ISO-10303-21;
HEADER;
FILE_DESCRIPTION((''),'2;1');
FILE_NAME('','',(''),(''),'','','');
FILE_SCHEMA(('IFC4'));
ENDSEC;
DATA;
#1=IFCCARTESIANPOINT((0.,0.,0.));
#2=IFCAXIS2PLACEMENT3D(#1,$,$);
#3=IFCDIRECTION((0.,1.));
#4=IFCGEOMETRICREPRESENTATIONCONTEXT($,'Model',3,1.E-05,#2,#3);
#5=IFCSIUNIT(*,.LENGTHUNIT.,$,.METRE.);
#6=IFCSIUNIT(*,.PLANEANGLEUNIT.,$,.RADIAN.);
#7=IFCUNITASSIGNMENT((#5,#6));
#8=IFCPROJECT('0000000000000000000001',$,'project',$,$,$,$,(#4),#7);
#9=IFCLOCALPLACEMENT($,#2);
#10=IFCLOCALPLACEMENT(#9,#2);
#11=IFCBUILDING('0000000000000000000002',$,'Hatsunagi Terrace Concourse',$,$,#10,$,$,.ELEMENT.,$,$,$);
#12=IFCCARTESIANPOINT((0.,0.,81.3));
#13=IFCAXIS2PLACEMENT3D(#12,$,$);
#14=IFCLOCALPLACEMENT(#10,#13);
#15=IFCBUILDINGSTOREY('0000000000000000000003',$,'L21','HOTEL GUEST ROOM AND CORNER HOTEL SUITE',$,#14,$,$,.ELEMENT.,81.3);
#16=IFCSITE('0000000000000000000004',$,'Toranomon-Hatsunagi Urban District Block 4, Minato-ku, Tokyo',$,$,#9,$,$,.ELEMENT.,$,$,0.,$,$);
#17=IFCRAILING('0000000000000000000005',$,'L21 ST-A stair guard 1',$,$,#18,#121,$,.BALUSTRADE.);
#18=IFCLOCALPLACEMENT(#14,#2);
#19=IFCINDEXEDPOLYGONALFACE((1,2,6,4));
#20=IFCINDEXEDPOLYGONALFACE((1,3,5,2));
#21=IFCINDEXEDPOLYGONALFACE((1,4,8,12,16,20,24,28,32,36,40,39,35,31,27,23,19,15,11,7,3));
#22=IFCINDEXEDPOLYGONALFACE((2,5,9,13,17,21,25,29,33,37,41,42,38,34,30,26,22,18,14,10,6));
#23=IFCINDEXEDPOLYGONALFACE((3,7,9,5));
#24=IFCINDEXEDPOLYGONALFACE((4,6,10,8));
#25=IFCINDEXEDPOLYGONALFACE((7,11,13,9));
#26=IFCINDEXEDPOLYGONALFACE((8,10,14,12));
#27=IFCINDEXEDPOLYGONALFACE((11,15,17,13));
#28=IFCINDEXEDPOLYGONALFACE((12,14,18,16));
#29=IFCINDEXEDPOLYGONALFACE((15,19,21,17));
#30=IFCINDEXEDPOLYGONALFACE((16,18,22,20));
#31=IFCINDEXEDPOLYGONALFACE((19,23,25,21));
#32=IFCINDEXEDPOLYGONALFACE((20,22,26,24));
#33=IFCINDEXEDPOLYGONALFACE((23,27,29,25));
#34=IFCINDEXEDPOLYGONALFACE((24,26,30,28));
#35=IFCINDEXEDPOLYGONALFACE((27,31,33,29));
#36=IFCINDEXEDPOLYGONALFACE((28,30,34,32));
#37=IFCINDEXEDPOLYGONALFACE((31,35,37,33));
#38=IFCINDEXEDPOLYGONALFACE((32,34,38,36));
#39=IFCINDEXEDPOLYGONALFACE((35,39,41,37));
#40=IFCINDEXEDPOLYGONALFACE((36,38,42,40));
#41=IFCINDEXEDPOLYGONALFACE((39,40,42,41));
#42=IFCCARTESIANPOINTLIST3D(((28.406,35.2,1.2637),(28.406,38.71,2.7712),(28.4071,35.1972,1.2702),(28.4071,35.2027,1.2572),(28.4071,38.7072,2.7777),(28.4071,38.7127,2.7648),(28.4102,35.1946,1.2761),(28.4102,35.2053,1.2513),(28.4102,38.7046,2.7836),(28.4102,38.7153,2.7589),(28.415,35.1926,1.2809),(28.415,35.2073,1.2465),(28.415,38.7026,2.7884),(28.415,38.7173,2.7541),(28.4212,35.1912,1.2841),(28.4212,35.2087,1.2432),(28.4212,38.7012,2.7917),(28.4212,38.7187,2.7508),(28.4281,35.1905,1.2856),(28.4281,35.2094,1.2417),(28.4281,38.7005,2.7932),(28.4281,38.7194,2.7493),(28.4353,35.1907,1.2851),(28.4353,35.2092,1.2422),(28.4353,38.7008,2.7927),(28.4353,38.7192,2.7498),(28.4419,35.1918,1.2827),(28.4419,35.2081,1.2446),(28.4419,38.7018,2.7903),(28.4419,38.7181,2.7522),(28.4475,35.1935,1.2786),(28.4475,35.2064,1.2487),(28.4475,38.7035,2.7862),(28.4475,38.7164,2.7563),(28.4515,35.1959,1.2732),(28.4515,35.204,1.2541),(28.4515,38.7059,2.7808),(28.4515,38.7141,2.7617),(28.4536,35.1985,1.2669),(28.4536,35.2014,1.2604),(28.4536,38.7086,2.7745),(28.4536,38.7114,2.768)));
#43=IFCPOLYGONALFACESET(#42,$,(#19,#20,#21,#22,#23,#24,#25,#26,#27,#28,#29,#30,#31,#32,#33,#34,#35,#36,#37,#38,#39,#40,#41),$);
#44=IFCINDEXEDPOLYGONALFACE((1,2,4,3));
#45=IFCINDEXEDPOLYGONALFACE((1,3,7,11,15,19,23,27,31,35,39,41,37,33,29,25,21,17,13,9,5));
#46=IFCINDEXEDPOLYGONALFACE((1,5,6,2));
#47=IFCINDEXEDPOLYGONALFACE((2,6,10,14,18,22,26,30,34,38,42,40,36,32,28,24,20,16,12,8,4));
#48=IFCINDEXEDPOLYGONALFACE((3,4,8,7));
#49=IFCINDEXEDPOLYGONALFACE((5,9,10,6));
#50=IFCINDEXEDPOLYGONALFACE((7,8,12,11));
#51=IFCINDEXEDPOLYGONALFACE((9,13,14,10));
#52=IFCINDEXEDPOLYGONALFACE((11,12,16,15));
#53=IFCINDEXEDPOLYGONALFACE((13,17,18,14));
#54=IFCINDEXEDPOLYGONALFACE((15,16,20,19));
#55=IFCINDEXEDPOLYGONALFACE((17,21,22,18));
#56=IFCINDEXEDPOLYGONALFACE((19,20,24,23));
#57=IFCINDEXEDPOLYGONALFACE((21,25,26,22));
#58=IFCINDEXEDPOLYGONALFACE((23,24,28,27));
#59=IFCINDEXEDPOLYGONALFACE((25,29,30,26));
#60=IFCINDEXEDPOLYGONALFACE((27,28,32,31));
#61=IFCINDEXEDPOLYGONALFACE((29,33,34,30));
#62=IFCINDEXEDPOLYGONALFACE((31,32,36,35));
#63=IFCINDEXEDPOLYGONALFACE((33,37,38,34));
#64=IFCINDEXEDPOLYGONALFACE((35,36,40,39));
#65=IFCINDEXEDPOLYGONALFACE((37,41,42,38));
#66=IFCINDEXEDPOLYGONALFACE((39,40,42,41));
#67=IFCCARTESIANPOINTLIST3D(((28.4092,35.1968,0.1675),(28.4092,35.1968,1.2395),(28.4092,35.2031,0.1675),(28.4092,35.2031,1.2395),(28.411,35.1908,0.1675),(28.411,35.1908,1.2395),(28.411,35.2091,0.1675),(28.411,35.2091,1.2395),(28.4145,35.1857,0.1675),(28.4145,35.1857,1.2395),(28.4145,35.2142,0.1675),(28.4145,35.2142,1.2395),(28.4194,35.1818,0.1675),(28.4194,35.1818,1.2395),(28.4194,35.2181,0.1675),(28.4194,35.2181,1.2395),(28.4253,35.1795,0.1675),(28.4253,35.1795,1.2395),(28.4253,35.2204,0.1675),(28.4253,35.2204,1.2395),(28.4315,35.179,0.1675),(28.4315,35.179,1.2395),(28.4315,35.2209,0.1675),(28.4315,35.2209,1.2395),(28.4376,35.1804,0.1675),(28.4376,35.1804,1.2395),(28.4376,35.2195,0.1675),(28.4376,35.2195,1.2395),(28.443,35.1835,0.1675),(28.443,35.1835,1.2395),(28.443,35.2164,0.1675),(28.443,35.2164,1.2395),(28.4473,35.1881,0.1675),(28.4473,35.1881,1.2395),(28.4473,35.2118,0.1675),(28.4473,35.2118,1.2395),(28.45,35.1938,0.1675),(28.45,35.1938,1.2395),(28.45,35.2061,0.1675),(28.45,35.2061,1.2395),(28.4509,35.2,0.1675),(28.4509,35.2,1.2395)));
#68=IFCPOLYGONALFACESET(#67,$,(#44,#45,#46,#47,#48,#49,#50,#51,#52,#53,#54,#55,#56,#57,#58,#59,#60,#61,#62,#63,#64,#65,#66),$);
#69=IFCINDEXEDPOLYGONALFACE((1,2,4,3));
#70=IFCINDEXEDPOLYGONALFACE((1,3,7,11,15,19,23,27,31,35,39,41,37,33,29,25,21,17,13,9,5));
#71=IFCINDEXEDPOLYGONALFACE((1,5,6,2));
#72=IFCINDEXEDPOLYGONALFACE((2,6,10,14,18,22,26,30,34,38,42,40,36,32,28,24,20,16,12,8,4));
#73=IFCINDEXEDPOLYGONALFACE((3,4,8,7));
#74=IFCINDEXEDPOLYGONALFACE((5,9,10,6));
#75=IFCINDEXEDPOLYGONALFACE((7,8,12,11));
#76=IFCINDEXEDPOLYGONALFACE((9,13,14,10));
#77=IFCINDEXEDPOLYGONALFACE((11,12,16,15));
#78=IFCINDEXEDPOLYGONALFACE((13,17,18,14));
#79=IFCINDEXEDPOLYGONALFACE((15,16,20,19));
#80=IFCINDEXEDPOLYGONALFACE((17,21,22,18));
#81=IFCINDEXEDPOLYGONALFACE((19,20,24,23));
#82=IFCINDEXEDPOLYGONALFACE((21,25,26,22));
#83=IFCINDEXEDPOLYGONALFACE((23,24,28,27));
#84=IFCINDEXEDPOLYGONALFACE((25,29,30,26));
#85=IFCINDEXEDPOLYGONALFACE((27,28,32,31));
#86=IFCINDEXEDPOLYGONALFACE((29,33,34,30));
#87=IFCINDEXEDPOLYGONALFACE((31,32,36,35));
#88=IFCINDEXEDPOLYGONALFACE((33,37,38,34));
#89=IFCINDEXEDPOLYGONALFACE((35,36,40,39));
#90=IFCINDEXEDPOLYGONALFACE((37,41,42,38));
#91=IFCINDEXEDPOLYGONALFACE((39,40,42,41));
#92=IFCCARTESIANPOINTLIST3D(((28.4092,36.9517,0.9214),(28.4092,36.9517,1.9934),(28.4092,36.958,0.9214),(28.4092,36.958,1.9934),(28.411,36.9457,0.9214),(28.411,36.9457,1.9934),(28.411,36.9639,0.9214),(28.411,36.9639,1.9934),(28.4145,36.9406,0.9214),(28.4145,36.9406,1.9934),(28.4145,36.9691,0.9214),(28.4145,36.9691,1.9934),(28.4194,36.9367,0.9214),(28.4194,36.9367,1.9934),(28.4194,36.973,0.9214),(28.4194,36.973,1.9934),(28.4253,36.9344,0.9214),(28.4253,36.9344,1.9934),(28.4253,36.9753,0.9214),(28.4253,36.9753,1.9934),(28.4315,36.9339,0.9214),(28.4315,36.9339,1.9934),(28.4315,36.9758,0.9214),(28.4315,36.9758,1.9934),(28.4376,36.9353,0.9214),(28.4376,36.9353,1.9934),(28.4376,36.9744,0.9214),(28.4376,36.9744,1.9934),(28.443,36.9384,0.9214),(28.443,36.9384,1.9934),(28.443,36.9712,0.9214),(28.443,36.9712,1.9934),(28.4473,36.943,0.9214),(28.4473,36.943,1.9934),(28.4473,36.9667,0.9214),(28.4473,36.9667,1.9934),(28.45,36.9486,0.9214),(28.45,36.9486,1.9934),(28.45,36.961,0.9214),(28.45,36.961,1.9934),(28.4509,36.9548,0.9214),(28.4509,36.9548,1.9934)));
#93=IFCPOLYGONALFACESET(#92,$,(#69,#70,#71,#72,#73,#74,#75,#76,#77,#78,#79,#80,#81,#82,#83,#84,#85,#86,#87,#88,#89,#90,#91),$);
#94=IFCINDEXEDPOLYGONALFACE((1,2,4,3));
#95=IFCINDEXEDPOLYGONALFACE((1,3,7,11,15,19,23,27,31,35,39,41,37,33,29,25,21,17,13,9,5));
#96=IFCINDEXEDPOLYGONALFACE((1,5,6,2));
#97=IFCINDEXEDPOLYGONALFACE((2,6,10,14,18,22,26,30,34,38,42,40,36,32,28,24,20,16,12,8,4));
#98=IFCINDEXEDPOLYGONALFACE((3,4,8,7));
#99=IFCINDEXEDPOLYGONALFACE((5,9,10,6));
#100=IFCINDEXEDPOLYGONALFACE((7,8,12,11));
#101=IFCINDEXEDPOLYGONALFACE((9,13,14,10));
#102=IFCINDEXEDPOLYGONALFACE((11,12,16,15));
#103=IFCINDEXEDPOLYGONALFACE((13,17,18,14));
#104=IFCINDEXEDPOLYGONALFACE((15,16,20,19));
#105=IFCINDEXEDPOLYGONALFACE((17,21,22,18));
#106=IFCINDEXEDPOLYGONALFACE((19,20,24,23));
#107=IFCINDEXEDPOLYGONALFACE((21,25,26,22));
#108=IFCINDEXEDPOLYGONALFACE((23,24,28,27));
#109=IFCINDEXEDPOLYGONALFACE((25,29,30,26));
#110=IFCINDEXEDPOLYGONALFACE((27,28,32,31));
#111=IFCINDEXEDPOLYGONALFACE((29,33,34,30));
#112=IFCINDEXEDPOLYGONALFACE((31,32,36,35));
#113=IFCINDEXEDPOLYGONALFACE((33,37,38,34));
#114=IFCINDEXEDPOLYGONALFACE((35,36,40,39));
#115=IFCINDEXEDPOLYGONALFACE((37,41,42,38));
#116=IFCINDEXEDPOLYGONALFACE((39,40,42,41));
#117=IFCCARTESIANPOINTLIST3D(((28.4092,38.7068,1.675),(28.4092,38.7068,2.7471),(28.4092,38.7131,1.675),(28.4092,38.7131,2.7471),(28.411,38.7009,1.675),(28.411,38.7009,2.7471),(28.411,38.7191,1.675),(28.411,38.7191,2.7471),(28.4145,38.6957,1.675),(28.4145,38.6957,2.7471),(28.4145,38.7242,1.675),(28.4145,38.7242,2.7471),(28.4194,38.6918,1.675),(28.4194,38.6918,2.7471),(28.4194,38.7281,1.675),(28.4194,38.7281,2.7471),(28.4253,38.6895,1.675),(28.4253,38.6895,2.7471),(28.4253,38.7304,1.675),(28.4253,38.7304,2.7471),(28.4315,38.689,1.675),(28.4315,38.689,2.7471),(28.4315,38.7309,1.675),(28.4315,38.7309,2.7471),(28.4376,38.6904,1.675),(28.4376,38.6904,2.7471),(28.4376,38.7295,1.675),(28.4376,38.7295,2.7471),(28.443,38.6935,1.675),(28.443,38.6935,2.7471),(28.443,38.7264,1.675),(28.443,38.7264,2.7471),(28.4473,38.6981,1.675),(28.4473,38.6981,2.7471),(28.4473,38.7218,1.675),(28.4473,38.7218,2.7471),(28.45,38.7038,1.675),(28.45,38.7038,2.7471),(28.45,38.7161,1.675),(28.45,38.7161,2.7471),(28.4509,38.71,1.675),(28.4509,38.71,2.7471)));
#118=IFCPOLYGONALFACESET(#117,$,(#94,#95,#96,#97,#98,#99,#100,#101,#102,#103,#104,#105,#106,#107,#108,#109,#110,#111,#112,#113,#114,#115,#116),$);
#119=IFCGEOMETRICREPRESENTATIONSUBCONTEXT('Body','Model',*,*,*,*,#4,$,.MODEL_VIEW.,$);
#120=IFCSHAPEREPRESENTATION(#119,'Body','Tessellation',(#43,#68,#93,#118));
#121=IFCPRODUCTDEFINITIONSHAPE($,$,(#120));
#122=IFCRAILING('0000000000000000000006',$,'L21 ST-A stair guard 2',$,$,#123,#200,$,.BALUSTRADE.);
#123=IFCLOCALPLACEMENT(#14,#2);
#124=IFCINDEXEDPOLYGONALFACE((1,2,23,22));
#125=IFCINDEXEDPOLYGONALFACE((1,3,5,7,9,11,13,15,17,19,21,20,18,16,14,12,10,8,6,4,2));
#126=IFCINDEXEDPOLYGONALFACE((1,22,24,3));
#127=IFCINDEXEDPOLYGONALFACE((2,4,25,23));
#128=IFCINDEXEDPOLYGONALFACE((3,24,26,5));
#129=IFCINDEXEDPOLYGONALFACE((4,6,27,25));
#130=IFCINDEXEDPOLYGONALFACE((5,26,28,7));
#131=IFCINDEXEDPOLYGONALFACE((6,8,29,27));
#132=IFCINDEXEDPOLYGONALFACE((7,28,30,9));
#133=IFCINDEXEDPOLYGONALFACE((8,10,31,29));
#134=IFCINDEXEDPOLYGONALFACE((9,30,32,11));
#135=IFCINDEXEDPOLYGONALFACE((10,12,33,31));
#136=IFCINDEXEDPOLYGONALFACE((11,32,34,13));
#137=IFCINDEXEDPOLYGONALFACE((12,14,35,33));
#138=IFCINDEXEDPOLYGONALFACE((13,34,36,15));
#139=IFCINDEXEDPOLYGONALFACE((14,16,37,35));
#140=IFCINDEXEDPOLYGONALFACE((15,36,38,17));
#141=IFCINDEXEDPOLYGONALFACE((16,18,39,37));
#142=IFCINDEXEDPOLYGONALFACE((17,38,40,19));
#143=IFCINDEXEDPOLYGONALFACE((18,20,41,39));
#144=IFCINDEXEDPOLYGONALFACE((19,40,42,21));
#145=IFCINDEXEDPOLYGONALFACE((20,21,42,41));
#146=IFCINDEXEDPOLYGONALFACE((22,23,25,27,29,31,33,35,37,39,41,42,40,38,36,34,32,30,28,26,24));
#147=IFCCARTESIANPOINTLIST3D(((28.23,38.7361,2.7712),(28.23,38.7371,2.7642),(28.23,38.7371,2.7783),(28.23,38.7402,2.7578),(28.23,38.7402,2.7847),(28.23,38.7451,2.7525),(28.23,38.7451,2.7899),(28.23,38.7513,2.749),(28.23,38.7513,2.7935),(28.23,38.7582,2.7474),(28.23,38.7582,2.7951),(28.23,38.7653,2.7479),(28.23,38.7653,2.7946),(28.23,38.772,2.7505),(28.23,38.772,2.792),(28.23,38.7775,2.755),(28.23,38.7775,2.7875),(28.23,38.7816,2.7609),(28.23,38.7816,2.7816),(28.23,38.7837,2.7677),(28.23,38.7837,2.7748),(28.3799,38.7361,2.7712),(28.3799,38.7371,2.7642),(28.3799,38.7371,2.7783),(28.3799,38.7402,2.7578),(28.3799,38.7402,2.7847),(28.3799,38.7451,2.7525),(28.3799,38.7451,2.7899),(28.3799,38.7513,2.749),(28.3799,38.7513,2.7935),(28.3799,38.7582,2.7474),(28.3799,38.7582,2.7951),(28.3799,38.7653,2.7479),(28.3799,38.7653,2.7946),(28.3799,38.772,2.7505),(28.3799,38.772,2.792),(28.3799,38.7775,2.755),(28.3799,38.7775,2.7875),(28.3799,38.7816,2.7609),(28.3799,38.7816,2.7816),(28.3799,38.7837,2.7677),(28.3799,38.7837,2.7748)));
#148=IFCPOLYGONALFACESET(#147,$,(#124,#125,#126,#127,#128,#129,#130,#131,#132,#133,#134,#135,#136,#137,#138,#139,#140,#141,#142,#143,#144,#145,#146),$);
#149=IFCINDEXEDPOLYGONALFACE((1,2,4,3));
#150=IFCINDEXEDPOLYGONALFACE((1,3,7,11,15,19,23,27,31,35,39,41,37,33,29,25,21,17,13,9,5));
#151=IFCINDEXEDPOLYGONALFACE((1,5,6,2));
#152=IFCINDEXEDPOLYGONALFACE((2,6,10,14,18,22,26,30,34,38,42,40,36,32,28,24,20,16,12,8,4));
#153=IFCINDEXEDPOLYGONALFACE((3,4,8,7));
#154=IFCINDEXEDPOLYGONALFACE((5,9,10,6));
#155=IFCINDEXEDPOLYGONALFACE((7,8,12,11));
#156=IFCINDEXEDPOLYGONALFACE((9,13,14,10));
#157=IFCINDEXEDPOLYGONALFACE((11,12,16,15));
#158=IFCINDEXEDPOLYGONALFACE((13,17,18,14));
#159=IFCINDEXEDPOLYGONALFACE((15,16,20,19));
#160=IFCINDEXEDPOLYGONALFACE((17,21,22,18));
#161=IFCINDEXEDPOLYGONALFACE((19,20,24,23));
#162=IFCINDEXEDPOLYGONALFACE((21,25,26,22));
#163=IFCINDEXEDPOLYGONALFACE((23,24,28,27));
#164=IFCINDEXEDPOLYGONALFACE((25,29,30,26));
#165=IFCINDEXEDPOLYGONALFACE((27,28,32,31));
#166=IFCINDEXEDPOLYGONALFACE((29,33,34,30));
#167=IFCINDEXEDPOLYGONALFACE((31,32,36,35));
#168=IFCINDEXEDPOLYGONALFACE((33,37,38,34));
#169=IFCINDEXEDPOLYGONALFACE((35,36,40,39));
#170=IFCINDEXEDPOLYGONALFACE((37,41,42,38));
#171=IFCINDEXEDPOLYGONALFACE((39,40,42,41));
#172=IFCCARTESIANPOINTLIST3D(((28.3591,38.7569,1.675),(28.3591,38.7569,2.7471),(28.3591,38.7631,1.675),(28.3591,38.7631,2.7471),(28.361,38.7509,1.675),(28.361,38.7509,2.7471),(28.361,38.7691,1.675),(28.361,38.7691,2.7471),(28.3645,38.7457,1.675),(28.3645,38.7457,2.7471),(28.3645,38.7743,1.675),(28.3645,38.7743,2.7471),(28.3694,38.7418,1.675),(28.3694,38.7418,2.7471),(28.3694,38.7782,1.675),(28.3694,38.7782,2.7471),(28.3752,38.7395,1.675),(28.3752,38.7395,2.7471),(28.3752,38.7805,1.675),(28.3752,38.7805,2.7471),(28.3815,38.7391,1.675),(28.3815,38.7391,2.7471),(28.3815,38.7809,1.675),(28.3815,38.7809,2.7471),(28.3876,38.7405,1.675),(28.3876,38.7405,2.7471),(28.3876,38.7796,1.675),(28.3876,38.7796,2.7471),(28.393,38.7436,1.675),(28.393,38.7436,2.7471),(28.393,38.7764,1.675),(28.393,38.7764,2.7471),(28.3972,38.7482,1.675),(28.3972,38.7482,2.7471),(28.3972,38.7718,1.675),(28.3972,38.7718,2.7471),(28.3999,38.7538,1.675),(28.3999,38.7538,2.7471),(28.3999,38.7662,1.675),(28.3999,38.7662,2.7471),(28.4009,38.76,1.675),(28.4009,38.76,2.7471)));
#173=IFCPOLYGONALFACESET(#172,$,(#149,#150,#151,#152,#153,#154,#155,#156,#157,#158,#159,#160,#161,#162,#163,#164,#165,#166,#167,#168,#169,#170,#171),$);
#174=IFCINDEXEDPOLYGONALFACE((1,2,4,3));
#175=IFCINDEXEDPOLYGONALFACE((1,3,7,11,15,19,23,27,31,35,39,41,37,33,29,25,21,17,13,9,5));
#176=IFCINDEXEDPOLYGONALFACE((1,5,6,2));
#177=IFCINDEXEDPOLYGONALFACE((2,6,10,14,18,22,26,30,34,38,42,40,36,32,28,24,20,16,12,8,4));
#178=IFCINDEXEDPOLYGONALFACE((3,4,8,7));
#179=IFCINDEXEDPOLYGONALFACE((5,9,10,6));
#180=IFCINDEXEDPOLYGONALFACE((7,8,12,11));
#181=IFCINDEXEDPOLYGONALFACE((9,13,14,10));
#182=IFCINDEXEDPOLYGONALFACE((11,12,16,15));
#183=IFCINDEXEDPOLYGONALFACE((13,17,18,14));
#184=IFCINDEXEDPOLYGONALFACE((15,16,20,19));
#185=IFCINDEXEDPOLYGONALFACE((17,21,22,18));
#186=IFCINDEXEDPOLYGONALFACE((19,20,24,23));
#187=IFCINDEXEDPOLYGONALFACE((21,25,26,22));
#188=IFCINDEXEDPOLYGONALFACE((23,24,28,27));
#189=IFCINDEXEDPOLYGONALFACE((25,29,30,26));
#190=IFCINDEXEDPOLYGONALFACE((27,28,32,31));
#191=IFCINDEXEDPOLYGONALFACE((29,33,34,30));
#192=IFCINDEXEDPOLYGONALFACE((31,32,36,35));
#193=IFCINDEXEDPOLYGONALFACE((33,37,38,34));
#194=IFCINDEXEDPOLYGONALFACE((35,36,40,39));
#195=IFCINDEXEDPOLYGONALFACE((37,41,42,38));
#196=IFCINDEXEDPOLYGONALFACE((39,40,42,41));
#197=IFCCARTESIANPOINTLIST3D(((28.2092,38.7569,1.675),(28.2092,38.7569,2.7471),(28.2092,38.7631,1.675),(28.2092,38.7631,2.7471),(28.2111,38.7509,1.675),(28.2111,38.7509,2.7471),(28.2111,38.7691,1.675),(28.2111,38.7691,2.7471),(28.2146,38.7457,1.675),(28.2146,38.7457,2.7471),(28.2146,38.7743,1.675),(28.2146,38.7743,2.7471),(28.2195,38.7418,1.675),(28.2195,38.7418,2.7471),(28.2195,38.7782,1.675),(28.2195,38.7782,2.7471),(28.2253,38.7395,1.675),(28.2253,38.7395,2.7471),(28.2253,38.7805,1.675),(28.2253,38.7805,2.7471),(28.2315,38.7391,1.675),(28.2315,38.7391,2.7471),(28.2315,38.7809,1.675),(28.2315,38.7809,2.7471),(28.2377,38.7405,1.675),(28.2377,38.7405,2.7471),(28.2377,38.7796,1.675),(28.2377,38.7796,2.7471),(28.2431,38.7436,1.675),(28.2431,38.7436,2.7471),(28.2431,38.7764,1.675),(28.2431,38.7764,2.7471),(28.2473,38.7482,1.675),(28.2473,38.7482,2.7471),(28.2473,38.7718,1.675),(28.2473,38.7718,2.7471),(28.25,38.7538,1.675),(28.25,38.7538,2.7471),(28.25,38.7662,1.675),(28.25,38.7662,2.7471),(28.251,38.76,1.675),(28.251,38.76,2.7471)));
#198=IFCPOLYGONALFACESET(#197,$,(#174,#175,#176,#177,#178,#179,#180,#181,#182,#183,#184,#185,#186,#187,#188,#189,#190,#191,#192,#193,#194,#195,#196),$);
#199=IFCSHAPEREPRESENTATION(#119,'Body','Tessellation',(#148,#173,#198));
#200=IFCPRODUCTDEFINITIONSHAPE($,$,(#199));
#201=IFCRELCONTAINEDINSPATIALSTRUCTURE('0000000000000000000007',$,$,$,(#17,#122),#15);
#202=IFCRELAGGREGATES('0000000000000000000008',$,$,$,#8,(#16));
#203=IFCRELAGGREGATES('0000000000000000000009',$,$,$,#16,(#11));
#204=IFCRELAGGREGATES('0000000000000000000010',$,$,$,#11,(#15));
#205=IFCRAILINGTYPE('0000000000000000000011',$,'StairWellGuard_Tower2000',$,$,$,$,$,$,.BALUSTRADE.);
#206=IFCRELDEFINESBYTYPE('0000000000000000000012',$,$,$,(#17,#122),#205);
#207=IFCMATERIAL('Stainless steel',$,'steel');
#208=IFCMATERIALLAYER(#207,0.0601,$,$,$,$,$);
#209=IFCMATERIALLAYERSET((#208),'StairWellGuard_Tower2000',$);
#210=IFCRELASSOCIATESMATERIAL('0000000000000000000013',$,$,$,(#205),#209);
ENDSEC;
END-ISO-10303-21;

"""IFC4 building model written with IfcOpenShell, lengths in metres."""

from ifc_helpers import new_model, si_unit, direction, frame, origin, origin_2d, place, context, subcontext, project, spatial, circle, extrude, material, layer, layer_set, type_object, element, save


model = new_model("IFC4")

# Units and contexts
model_context = context("Model", 3, precision=1e-05, world=origin(), true_north=direction((0.0, 1.0)))
body_context = subcontext(model_context, "Body", "Model", "MODEL_VIEW")
ifc_project = project(units=[si_unit("LENGTHUNIT", "METRE"), si_unit("PLANEANGLEUNIT", "RADIAN")], contexts=[model_context])

# Site, building, storey
site_placement = place(None, origin())
site = spatial("IfcSite", under=ifc_project, at=site_placement, Name="Toranomon-Hatsunagi Urban District Block 4, Minato-ku, Tokyo", CompositionType="ELEMENT", RefElevation=0.0)
building_placement = place(site_placement, origin())
building = spatial("IfcBuilding", under=site, at=building_placement, Name="Hatsunagi Terrace Concourse", CompositionType="ELEMENT")
storey_placement = place(building_placement, frame((0.0, 0.0, 81.3)))
storey = spatial("IfcBuildingStorey", under=building, at=storey_placement, Name="L21", Description="HOTEL GUEST ROOM AND CORNER HOTEL SUITE", CompositionType="ELEMENT", Elevation=81.3)

# Railings
ifc_material_1 = material(Name="Stainless steel", Category="steel")
ifc_layer_1 = layer(ifc_material_1, 0.0601)
ifc_layer_set_1 = layer_set([ifc_layer_1], Name="StairWellGuard_Tower2000")
railing_type_1 = type_object("IfcRailingType", Name="StairWellGuard_Tower2000", PredefinedType="BALUSTRADE", material=ifc_layer_set_1)
railing_1_placement = place(storey_placement, frame((28.4299, 35.2, 0.1675)))
element("IfcRailing", 1, at=railing_1_placement, inside=storey, type_object=railing_type_1, Name="L21 ST-A stair guard 1", PredefinedType="BALUSTRADE", context=body_context, shape_type="SweptSolid", body=[
    extrude(circle(Radius=0.0239, at=origin_2d()), frame((0.0, 0.0, 1.0962), z_axis=(0.0, 0.918834, 0.394644), x_axis=(-1.0, 0.0, 0.0)), (0.0, 0.0, 1.0), 3.8201),
    extrude(circle(Radius=0.021, at=origin_2d()), origin(), (0.0, 0.0, 1.0), 1.072),
    extrude(circle(Radius=0.021, at=origin_2d()), frame((0.0, 1.7549, 0.7539)), (0.0, 0.0, 1.0), 1.072),
    extrude(circle(Radius=0.021, at=origin_2d()), frame((0.0, 3.51, 1.5076)), (0.0, 0.0, 1.0), 1.072),
])
railing_2_placement = place(storey_placement, frame((28.3799, 38.76, 1.675)))
element("IfcRailing", 2, at=railing_2_placement, inside=storey, type_object=railing_type_1, Name="L21 ST-A stair guard 2", PredefinedType="BALUSTRADE", context=body_context, shape_type="SweptSolid", body=[
    extrude(circle(Radius=0.0239, at=origin_2d()), frame((0.0, 0.0, 1.0962), z_axis=(-1.0, 0.0, 0.0), x_axis=(0.0, -1.0, 0.0)), (0.0, 0.0, 1.0), 0.1499),
    extrude(circle(Radius=0.021, at=origin_2d()), origin(), (0.0, 0.0, 1.0), 1.072),
    extrude(circle(Radius=0.021, at=origin_2d()), frame((-0.1499, 0.0, 0.0)), (0.0, 0.0, 1.0), 1.072),
])

save(model, "model.ifc")
